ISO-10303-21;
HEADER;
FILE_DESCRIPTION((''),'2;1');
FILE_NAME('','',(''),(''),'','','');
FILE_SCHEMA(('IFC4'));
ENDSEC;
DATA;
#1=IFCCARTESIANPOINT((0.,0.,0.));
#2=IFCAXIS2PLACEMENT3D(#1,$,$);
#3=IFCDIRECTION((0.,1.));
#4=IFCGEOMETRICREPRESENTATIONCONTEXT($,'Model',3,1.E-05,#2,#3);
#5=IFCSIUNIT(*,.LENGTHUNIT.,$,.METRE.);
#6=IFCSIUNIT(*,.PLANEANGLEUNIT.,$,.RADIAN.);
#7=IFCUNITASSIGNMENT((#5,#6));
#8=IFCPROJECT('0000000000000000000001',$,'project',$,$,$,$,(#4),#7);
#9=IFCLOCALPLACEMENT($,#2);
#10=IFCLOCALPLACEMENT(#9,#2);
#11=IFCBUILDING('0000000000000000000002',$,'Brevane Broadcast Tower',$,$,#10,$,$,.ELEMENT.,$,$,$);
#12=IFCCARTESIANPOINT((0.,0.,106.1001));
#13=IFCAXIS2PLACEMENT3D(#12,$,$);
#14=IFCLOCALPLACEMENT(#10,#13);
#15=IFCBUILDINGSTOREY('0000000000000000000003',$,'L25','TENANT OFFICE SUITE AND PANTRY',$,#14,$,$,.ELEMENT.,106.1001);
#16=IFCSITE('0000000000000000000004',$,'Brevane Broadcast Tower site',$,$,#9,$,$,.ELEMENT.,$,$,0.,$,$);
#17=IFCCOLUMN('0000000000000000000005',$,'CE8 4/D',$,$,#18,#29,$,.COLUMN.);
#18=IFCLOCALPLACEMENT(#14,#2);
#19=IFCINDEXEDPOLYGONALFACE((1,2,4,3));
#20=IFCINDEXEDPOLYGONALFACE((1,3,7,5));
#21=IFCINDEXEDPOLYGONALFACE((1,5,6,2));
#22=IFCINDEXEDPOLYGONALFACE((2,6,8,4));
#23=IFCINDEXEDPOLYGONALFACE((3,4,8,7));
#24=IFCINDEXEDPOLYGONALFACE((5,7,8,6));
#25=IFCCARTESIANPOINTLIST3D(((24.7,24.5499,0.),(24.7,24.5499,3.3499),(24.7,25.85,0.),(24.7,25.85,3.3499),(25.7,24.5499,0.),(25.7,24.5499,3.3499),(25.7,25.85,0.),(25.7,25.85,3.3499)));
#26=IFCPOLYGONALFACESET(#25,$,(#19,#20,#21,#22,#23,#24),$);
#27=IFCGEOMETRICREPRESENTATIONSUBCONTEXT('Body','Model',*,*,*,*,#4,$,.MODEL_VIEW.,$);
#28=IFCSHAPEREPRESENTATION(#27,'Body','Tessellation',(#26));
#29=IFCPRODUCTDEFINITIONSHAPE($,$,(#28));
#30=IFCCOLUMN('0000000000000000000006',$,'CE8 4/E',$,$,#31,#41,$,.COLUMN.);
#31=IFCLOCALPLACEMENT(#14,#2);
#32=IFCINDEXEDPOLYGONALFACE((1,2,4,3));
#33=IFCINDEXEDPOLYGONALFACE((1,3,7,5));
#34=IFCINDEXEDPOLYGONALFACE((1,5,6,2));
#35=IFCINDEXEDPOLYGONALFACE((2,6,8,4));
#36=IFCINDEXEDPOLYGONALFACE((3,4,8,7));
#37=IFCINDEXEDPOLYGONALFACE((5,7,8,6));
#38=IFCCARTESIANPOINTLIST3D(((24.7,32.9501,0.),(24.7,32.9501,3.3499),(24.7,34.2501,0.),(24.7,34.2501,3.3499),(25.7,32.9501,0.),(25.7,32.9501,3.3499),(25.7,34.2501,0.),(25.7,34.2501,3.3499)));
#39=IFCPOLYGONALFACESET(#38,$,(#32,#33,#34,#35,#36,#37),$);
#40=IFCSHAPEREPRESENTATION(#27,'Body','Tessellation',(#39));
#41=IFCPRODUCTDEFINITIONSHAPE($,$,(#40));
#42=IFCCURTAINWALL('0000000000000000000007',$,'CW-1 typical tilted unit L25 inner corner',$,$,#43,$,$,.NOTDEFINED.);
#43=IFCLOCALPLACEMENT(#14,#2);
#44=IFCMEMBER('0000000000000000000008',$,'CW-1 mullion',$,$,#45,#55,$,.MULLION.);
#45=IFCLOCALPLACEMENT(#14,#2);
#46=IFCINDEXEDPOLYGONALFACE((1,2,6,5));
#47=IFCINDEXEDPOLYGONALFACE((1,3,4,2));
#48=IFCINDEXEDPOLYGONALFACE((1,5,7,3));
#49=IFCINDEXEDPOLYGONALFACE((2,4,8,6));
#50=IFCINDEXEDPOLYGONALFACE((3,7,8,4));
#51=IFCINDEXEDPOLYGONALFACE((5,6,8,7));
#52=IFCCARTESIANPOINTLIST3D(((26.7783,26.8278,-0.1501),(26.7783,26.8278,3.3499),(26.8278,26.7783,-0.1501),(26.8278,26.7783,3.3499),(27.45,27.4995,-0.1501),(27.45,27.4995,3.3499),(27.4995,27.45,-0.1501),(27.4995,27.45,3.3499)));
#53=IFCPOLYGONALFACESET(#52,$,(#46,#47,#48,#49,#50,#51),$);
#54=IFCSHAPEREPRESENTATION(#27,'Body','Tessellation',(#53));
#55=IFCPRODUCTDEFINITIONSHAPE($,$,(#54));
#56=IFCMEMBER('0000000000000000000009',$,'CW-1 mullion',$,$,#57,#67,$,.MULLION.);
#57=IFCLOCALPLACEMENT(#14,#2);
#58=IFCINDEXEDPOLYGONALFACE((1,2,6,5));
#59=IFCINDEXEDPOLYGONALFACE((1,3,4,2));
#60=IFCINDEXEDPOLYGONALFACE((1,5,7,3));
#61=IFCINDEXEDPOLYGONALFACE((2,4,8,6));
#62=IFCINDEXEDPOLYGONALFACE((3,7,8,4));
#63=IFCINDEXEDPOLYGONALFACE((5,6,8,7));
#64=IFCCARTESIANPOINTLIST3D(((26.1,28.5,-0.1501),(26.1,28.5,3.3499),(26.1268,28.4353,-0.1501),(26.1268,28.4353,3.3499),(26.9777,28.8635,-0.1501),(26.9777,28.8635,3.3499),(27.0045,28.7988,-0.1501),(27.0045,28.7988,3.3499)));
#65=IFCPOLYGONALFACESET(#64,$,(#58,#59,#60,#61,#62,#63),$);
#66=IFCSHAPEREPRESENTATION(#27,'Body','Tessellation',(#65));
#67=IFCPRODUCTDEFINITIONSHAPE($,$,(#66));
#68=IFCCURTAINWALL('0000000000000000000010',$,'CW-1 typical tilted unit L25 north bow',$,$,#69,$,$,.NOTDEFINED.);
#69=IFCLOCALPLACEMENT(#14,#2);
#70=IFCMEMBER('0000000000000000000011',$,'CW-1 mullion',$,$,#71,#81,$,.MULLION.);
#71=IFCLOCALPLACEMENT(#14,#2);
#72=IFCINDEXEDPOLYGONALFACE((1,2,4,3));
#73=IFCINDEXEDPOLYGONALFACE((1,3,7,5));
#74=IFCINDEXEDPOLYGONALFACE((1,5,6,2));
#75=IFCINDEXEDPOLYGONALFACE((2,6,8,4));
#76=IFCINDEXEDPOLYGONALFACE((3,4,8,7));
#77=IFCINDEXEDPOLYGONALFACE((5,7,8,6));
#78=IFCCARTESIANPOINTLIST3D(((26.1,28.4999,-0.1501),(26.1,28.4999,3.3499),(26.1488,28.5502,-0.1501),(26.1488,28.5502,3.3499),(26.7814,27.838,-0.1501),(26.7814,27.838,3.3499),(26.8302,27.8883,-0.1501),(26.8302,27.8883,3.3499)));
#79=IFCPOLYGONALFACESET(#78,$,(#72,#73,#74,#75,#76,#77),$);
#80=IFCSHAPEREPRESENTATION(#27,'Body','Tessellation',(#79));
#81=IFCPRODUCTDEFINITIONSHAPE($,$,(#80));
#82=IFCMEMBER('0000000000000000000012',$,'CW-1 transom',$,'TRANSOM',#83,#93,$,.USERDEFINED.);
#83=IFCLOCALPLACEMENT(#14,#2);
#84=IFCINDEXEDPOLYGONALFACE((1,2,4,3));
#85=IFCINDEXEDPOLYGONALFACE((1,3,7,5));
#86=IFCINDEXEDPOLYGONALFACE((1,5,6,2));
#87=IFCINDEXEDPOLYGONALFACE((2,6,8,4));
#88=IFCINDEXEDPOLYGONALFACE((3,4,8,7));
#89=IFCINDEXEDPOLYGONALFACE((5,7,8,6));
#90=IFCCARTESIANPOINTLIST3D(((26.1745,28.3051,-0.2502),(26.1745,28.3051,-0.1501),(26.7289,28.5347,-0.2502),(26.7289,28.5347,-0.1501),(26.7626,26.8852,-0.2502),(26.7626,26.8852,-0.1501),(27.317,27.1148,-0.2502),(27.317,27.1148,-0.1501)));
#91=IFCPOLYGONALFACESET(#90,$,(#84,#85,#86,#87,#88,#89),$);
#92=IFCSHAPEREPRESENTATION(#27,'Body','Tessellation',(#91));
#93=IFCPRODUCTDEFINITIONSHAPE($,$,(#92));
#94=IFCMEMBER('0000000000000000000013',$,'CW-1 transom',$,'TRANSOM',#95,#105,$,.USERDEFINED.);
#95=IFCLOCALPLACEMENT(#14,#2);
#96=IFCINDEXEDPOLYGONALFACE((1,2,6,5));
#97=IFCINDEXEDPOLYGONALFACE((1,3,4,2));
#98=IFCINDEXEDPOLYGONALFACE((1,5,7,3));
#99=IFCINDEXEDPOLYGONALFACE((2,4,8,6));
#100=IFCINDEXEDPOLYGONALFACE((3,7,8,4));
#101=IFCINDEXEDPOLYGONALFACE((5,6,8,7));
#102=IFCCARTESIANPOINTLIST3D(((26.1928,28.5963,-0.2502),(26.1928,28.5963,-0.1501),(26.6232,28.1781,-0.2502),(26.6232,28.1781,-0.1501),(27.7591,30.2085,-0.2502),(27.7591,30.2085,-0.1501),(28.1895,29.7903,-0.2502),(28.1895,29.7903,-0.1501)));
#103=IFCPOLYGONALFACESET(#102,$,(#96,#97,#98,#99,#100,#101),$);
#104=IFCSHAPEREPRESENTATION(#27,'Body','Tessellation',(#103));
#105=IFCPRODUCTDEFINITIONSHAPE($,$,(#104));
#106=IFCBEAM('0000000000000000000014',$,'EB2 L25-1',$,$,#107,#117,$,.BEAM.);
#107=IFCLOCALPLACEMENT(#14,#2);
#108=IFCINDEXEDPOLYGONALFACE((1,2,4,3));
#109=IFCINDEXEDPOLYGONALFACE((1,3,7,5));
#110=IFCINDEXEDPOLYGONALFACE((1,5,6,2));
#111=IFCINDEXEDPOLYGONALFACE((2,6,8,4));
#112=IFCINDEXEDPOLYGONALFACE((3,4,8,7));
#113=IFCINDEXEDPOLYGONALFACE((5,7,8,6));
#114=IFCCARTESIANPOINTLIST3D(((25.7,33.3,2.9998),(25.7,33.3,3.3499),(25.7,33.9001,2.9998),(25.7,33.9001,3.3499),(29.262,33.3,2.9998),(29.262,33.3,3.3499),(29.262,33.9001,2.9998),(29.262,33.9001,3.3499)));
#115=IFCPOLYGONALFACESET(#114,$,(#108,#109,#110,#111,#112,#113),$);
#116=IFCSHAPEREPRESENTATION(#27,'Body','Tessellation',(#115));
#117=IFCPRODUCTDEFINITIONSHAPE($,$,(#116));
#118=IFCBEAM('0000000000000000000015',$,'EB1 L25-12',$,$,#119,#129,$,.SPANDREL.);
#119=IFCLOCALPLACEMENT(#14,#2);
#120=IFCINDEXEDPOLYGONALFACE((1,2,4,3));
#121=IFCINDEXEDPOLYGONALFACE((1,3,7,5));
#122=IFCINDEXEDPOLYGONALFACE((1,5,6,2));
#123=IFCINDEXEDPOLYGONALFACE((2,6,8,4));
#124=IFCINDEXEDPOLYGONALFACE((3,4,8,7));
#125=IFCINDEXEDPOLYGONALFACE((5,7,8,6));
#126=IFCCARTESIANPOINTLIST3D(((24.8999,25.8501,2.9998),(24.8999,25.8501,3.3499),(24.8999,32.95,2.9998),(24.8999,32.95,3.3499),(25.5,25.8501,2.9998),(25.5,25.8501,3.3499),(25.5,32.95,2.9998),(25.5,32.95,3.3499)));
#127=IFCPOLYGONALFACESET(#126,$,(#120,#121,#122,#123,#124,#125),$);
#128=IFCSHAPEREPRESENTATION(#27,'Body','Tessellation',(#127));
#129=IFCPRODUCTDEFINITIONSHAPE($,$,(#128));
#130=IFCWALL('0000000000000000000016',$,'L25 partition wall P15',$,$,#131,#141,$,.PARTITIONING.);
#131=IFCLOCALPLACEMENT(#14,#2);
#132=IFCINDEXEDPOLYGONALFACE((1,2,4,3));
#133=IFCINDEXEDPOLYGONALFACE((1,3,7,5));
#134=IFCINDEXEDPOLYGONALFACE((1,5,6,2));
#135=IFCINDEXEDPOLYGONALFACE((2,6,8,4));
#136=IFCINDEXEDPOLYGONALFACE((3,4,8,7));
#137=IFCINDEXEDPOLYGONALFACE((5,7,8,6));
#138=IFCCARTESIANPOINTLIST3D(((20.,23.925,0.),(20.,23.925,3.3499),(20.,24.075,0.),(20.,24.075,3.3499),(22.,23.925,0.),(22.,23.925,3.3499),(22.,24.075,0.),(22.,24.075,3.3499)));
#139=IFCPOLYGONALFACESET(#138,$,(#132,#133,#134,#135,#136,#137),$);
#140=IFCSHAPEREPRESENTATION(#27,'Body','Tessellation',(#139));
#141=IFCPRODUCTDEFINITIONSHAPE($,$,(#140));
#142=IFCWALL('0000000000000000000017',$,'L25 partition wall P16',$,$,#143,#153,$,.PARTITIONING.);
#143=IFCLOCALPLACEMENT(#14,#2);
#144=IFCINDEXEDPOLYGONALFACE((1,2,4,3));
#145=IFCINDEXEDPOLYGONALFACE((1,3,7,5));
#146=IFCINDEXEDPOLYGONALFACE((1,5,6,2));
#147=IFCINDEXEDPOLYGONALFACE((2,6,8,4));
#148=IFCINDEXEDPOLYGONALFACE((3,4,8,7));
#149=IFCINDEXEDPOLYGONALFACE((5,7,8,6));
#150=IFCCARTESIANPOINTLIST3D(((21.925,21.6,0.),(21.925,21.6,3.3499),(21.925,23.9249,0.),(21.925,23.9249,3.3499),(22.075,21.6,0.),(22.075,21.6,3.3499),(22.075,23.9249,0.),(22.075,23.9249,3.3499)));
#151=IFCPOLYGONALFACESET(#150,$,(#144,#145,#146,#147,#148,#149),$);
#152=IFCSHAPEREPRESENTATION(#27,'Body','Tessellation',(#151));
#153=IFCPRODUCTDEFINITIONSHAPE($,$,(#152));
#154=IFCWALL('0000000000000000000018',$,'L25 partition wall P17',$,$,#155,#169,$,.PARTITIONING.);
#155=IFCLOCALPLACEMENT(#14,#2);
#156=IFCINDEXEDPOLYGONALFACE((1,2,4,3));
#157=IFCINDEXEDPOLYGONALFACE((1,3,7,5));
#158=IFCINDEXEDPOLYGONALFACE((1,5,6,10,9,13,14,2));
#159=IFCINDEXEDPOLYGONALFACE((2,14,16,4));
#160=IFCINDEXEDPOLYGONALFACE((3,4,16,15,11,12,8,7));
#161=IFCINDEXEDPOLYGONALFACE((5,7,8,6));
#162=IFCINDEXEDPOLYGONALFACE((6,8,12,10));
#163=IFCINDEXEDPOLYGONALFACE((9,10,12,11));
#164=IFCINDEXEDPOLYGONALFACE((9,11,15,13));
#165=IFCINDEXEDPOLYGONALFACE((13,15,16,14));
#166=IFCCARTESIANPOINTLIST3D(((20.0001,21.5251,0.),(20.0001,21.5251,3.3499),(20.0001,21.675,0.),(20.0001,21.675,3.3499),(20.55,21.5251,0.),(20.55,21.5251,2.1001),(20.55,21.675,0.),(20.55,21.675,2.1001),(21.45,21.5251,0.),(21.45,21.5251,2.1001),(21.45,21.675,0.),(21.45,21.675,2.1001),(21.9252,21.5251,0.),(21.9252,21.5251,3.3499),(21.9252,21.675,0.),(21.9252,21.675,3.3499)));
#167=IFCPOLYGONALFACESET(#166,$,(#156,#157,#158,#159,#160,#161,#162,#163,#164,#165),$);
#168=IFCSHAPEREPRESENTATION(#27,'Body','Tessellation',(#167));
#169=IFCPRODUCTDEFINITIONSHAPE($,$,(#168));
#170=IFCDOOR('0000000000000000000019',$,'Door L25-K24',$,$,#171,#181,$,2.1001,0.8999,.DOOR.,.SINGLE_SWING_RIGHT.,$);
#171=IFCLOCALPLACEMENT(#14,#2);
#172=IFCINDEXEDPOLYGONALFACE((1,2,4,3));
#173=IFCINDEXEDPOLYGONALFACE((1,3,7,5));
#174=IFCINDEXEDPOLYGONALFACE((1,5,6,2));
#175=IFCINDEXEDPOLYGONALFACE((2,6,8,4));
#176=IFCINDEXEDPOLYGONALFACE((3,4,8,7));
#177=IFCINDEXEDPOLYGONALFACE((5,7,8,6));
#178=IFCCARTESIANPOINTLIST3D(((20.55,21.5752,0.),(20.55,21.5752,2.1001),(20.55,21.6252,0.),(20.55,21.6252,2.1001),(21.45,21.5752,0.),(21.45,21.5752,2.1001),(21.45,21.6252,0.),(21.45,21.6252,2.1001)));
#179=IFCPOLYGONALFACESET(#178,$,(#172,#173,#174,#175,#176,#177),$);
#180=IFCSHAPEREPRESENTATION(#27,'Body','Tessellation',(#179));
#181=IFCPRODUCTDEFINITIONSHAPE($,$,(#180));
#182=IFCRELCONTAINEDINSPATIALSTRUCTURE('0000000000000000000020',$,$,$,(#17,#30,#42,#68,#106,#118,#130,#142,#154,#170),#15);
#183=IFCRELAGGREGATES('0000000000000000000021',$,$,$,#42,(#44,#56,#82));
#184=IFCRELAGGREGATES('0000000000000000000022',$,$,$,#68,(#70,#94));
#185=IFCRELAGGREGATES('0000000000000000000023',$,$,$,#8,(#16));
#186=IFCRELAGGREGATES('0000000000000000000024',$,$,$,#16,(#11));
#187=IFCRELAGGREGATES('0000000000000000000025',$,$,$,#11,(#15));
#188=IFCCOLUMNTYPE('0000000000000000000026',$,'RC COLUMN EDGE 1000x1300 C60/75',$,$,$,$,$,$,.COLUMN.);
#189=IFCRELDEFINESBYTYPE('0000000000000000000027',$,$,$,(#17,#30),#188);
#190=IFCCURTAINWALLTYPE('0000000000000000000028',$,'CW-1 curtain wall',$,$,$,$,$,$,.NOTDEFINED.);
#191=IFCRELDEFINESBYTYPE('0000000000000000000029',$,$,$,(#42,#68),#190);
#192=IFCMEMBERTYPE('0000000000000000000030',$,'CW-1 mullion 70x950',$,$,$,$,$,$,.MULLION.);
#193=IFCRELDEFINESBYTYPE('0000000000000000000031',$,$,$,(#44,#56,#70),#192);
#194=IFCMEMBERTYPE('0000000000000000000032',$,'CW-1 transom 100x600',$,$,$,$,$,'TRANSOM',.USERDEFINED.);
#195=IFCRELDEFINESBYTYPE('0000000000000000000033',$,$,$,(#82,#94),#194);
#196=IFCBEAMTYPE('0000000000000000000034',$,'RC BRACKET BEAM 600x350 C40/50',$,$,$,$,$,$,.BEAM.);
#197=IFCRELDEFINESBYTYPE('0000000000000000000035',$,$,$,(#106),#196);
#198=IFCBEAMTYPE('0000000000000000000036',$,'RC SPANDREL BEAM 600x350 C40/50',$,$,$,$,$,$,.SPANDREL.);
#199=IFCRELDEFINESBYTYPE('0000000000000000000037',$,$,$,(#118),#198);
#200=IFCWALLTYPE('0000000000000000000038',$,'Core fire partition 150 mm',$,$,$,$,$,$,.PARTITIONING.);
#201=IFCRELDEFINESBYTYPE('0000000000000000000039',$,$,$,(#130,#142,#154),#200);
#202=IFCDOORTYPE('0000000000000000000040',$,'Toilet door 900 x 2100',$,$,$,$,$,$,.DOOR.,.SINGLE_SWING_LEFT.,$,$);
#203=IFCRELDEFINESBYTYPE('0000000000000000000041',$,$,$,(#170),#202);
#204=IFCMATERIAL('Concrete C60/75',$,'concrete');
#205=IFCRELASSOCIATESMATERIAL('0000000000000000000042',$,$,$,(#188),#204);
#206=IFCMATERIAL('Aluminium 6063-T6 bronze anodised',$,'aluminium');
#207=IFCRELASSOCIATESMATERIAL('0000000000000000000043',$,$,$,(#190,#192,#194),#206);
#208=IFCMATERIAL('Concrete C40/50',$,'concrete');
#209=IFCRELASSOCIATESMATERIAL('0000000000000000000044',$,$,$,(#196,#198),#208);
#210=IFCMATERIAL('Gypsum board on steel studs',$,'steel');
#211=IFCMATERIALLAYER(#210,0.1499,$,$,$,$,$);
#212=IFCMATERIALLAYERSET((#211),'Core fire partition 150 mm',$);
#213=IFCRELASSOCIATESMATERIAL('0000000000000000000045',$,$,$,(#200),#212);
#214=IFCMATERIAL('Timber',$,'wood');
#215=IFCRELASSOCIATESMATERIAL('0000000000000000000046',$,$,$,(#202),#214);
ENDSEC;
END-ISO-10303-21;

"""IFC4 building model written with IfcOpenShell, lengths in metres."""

from ifc_helpers import new_model, si_unit, direction, frame, frame_2d, origin, origin_2d, place, context, subcontext, project, spatial, rectangle, extrude, material, layer, layer_set, material_profile, profile_set, type_object, element, fill, aggregate, save


model = new_model("IFC4")

# Units and contexts
model_context = context("Model", 3, precision=1e-05, world=origin(), true_north=direction((0.0, 1.0)))
body_context = subcontext(model_context, "Body", "Model", "MODEL_VIEW")
ifc_project = project(units=[si_unit("LENGTHUNIT", "METRE"), si_unit("PLANEANGLEUNIT", "RADIAN")], contexts=[model_context])

# Site, building, storey
site_placement = place(None, origin())
site = spatial("IfcSite", under=ifc_project, at=site_placement, Name="Brevane Broadcast Tower site", CompositionType="ELEMENT", RefElevation=0.0)
building_placement = place(site_placement, origin())
building = spatial("IfcBuilding", under=site, at=building_placement, Name="Brevane Broadcast Tower", CompositionType="ELEMENT")
storey_placement = place(building_placement, frame((0.0, 0.0, 106.1001)))
storey = spatial("IfcBuildingStorey", under=building, at=storey_placement, Name="L25", Description="TENANT OFFICE SUITE AND PANTRY", CompositionType="ELEMENT", Elevation=106.1001)

# Columns
ifc_material_1 = material(Name="Concrete C60/75", Category="concrete")
ifc_material_profile_1 = material_profile(ifc_material_1, rectangle(XDim=1.0, YDim=1.3, at=origin_2d()), Name="RC 1000x1300")
ifc_profile_set_1 = profile_set([ifc_material_profile_1], Name="Concrete C60/75")
column_type = type_object("IfcColumnType", Name="RC COLUMN EDGE 1000x1300 C60/75", PredefinedType="COLUMN", material=ifc_profile_set_1)
for number, where, z_axis, x_axis, name in (
    (1, (25.2, 25.2, 0.0), (0.0, 0.0, 1.0), (1.0, 0.0, 0.0), "CE8 4/D"),
    (2, (25.2, 33.6001, 0.0), (0.0, 0.0, 1.0), (1.0, 0.0, 0.0), "CE8 4/E"),
):
    element("IfcColumn", number, at=place(storey_placement, frame(where, z_axis=z_axis, x_axis=x_axis)), inside=storey, type_object=column_type, Name=name, PredefinedType="COLUMN", context=body_context, shape_type="SweptSolid", body=[
        extrude(rectangle(XDim=1.0, YDim=1.3, at=origin_2d()), origin(), (0.0, 0.0, 1.0), 3.3499),
    ])

# Curtain wall, members
ifc_material_2 = material(Name="Aluminium 6063-T6 bronze anodised", Category="aluminium")
curtain_wall_type = type_object("IfcCurtainWallType", Name="CW-1 curtain wall", PredefinedType="NOTDEFINED", material=ifc_material_2)
curtain_wall_1_placement = place(storey_placement, origin())
curtain_wall_1 = element("IfcCurtainWall", 3, at=curtain_wall_1_placement, inside=storey, type_object=curtain_wall_type, Name="CW-1 typical tilted unit L25 inner corner", PredefinedType="NOTDEFINED")
ifc_material_profile_2 = material_profile(ifc_material_2, rectangle(XDim=0.95, YDim=0.0701, at=origin_2d()), Name="RECT 70x950")
ifc_profile_set_2 = profile_set([ifc_material_profile_2], Name="Aluminium 6063-T6 bronze anodised")
member_type_1 = type_object("IfcMemberType", Name="CW-1 mullion 70x950", PredefinedType="MULLION", material=ifc_profile_set_2)
member_1_placement = place(storey_placement, frame((27.1389, 27.1389, -0.1501), z_axis=(0.0, 0.0, 1.0), x_axis=(-0.707107, -0.707107, 0.0)))
member_1 = element("IfcMember", 4, at=member_1_placement, type_object=member_type_1, Name="CW-1 mullion", PredefinedType="MULLION", context=body_context, shape_type="SweptSolid", body=[
    extrude(rectangle(XDim=0.95, YDim=0.0701, at=origin_2d()), origin(), (0.0, 0.0, 1.0), 3.5),
])
member_2_placement = place(storey_placement, frame((26.5522, 28.6494, -0.1501), z_axis=(0.0, 0.0, 1.0), x_axis=(-0.923879, -0.382684, 0.0)))
member_2 = element("IfcMember", 5, at=member_2_placement, type_object=member_type_1, Name="CW-1 mullion", PredefinedType="MULLION", context=body_context, shape_type="SweptSolid", body=[
    extrude(rectangle(XDim=0.95, YDim=0.0701, at=origin_2d()), origin(), (0.0, 0.0, 1.0), 3.5),
])

# Curtain wall, member
curtain_wall_2_placement = place(storey_placement, origin())
curtain_wall_2 = element("IfcCurtainWall", 6, at=curtain_wall_2_placement, inside=storey, type_object=curtain_wall_type, Name="CW-1 typical tilted unit L25 north bow", PredefinedType="NOTDEFINED")
member_3_placement = place(storey_placement, frame((26.4651, 28.1941, -0.1501), z_axis=(0.0, 0.0, 1.0), x_axis=(-0.717254, 0.696812, 0.0)))
member_3 = element("IfcMember", 7, at=member_3_placement, type_object=member_type_1, Name="CW-1 mullion", PredefinedType="MULLION", context=body_context, shape_type="SweptSolid", body=[
    extrude(rectangle(XDim=0.95, YDim=0.0701, at=origin_2d()), origin(), (0.0, 0.0, 1.0), 3.5),
])

# Members
ifc_material_profile_3 = material_profile(ifc_material_2, rectangle(XDim=0.6001, YDim=0.1001, at=origin_2d()), Name="RECT 100x600")
ifc_profile_set_3 = profile_set([ifc_material_profile_3], Name="Aluminium 6063-T6 bronze anodised")
member_type_2 = type_object("IfcMemberType", Name="CW-1 transom 100x600", ElementType="TRANSOM", PredefinedType="USERDEFINED", material=ifc_profile_set_3)
member_4_placement = place(storey_placement, frame((27.0398, 27.0, -0.2002), z_axis=(-0.382674, 0.923883, 0.0), x_axis=(-0.923883, -0.382674, 0.0)))
member_4 = element("IfcMember", 8, at=member_4_placement, type_object=member_type_2, Name="CW-1 transom", ObjectType="TRANSOM", PredefinedType="USERDEFINED", context=body_context, shape_type="SweptSolid", body=[
    extrude(rectangle(XDim=0.6001, YDim=0.1001, at=origin_2d()), origin(), (0.0, 0.0, 1.0), 1.5369),
])
aggregate(curtain_wall_1, [member_1, member_2, member_4])
member_5_placement = place(storey_placement, frame((26.408, 28.3872, -0.2002), z_axis=(0.696824, 0.717242, 0.0), x_axis=(-0.717242, 0.696824, 0.0)))
member_5 = element("IfcMember", 9, at=member_5_placement, type_object=member_type_2, Name="CW-1 transom", ObjectType="TRANSOM", PredefinedType="USERDEFINED", context=body_context, shape_type="SweptSolid", body=[
    extrude(rectangle(XDim=0.6001, YDim=0.1001, at=origin_2d()), origin(), (0.0, 0.0, 1.0), 2.2478),
])
aggregate(curtain_wall_2, [member_3, member_5])

# Beams
ifc_material_3 = material(Name="Concrete C40/50", Category="concrete")
ifc_material_profile_4 = material_profile(ifc_material_3, rectangle(XDim=0.6001, YDim=0.3501, at=origin_2d()), Name="RC 600x350")
ifc_profile_set_4 = profile_set([ifc_material_profile_4], Name="Concrete C40/50")
beam_type_1 = type_object("IfcBeamType", Name="RC BRACKET BEAM 600x350 C40/50", PredefinedType="BEAM", material=ifc_profile_set_4)
beam_1_placement = place(storey_placement, frame((25.7, 33.6001, 3.1748), z_axis=(1.0, 0.0, 0.0), x_axis=(0.0, 1.0, 0.0)))
element("IfcBeam", 10, at=beam_1_placement, inside=storey, type_object=beam_type_1, Name="EB2 L25-1", PredefinedType="BEAM", context=body_context, shape_type="SweptSolid", body=[
    extrude(rectangle(XDim=0.6001, YDim=0.3501, at=origin_2d()), origin(), (0.0, 0.0, 1.0), 3.562),
])
ifc_material_profile_5 = material_profile(ifc_material_3, rectangle(XDim=0.6001, YDim=0.3501, at=origin_2d()), Name="RC 600x350")
ifc_profile_set_5 = profile_set([ifc_material_profile_5], Name="Concrete C40/50")
beam_type_2 = type_object("IfcBeamType", Name="RC SPANDREL BEAM 600x350 C40/50", PredefinedType="SPANDREL", material=ifc_profile_set_5)
beam_2_placement = place(storey_placement, frame((25.2, 25.8501, 3.1748), z_axis=(0.0, 1.0, 0.0), x_axis=(-1.0, 0.0, 0.0)))
element("IfcBeam", 11, at=beam_2_placement, inside=storey, type_object=beam_type_2, Name="EB1 L25-12", PredefinedType="SPANDREL", context=body_context, shape_type="SweptSolid", body=[
    extrude(rectangle(XDim=0.6001, YDim=0.3501, at=origin_2d()), origin(), (0.0, 0.0, 1.0), 7.0999),
])

# Walls
ifc_material_4 = material(Name="Gypsum board on steel studs", Category="steel")
ifc_layer_1 = layer(ifc_material_4, 0.1499)
ifc_layer_set_1 = layer_set([ifc_layer_1], Name="Core fire partition 150 mm")
wall_type_1 = type_object("IfcWallType", Name="Core fire partition 150 mm", PredefinedType="PARTITIONING", material=ifc_layer_set_1)
wall_1_placement = place(storey_placement, frame((20.0, 24.0, 0.0), z_axis=(0.0, 0.0, 1.0), x_axis=(1.0, 0.0, 0.0)))
element("IfcWall", 12, at=wall_1_placement, inside=storey, type_object=wall_type_1, Name="L25 partition wall P15", PredefinedType="PARTITIONING", context=body_context, shape_type="SweptSolid", body=[
    extrude(rectangle(XDim=2.0, YDim=0.1499, at=frame_2d((1.0, 0.0))), origin(), (0.0, 0.0, 1.0), 3.3499),
])
wall_2_placement = place(storey_placement, frame((22.0, 23.925, 0.0), z_axis=(0.0, 0.0, 1.0), x_axis=(0.0, -1.0, 0.0)))
element("IfcWall", 13, at=wall_2_placement, inside=storey, type_object=wall_type_1, Name="L25 partition wall P16", PredefinedType="PARTITIONING", context=body_context, shape_type="SweptSolid", body=[
    extrude(rectangle(XDim=2.325, YDim=0.1499, at=frame_2d((1.1626, 0.0))), origin(), (0.0, 0.0, 1.0), 3.3499),
])

# Wall, opening, door
wall_3_placement = place(storey_placement, frame((21.925, 21.6001, 0.0), z_axis=(0.0, 0.0, 1.0), x_axis=(-1.0, 0.0, 0.0)))
wall_3 = element("IfcWall", 14, at=wall_3_placement, inside=storey, type_object=wall_type_1, Name="L25 partition wall P17", PredefinedType="PARTITIONING", context=body_context, shape_type="SweptSolid", body=[
    extrude(rectangle(XDim=1.925, YDim=0.1499, at=frame_2d((0.9624, 0.0))), origin(), (0.0, 0.0, 1.0), 3.3499),
])
opening_1_placement = place(wall_3_placement, frame((0.4751, 0.0, 0.0)))
opening_1 = element("IfcOpeningElement", 15, at=opening_1_placement, cuts=wall_3, PredefinedType="OPENING", context=body_context, shape_type="SweptSolid", body=[
    extrude(rectangle(XDim=0.8999, YDim=2.1001, at=frame_2d((0.45, 1.05))), frame((0.0, 0.085, 0.0), z_axis=(0.0, -1.0, 0.0), x_axis=(1.0, 0.0, 0.0)), (0.0, 0.0, 1.0), 0.1699),
])
ifc_material_5 = material(Name="Timber", Category="wood")
door_type_1 = type_object("IfcDoorType", Name="Toilet door 900 x 2100", OperationType="SINGLE_SWING_LEFT", PredefinedType="DOOR", material=ifc_material_5)
door_1_placement = place(opening_1_placement, origin())
door_1 = element("IfcDoor", 16, at=door_1_placement, inside=storey, type_object=door_type_1, Name="Door L25-K24", OperationType="SINGLE_SWING_RIGHT", OverallHeight=2.1001, OverallWidth=0.8999, PredefinedType="DOOR", context=body_context, shape_type="SweptSolid", body=[
    extrude(rectangle(XDim=0.8999, YDim=2.1001, at=frame_2d((0.45, 1.05))), frame((0.0, 0.0249, 0.0), z_axis=(0.0, -1.0, 0.0), x_axis=(1.0, 0.0, 0.0)), (0.0, 0.0, 1.0), 0.05),
])
fill(opening_1, door_1)

save(model, "model.ifc")
